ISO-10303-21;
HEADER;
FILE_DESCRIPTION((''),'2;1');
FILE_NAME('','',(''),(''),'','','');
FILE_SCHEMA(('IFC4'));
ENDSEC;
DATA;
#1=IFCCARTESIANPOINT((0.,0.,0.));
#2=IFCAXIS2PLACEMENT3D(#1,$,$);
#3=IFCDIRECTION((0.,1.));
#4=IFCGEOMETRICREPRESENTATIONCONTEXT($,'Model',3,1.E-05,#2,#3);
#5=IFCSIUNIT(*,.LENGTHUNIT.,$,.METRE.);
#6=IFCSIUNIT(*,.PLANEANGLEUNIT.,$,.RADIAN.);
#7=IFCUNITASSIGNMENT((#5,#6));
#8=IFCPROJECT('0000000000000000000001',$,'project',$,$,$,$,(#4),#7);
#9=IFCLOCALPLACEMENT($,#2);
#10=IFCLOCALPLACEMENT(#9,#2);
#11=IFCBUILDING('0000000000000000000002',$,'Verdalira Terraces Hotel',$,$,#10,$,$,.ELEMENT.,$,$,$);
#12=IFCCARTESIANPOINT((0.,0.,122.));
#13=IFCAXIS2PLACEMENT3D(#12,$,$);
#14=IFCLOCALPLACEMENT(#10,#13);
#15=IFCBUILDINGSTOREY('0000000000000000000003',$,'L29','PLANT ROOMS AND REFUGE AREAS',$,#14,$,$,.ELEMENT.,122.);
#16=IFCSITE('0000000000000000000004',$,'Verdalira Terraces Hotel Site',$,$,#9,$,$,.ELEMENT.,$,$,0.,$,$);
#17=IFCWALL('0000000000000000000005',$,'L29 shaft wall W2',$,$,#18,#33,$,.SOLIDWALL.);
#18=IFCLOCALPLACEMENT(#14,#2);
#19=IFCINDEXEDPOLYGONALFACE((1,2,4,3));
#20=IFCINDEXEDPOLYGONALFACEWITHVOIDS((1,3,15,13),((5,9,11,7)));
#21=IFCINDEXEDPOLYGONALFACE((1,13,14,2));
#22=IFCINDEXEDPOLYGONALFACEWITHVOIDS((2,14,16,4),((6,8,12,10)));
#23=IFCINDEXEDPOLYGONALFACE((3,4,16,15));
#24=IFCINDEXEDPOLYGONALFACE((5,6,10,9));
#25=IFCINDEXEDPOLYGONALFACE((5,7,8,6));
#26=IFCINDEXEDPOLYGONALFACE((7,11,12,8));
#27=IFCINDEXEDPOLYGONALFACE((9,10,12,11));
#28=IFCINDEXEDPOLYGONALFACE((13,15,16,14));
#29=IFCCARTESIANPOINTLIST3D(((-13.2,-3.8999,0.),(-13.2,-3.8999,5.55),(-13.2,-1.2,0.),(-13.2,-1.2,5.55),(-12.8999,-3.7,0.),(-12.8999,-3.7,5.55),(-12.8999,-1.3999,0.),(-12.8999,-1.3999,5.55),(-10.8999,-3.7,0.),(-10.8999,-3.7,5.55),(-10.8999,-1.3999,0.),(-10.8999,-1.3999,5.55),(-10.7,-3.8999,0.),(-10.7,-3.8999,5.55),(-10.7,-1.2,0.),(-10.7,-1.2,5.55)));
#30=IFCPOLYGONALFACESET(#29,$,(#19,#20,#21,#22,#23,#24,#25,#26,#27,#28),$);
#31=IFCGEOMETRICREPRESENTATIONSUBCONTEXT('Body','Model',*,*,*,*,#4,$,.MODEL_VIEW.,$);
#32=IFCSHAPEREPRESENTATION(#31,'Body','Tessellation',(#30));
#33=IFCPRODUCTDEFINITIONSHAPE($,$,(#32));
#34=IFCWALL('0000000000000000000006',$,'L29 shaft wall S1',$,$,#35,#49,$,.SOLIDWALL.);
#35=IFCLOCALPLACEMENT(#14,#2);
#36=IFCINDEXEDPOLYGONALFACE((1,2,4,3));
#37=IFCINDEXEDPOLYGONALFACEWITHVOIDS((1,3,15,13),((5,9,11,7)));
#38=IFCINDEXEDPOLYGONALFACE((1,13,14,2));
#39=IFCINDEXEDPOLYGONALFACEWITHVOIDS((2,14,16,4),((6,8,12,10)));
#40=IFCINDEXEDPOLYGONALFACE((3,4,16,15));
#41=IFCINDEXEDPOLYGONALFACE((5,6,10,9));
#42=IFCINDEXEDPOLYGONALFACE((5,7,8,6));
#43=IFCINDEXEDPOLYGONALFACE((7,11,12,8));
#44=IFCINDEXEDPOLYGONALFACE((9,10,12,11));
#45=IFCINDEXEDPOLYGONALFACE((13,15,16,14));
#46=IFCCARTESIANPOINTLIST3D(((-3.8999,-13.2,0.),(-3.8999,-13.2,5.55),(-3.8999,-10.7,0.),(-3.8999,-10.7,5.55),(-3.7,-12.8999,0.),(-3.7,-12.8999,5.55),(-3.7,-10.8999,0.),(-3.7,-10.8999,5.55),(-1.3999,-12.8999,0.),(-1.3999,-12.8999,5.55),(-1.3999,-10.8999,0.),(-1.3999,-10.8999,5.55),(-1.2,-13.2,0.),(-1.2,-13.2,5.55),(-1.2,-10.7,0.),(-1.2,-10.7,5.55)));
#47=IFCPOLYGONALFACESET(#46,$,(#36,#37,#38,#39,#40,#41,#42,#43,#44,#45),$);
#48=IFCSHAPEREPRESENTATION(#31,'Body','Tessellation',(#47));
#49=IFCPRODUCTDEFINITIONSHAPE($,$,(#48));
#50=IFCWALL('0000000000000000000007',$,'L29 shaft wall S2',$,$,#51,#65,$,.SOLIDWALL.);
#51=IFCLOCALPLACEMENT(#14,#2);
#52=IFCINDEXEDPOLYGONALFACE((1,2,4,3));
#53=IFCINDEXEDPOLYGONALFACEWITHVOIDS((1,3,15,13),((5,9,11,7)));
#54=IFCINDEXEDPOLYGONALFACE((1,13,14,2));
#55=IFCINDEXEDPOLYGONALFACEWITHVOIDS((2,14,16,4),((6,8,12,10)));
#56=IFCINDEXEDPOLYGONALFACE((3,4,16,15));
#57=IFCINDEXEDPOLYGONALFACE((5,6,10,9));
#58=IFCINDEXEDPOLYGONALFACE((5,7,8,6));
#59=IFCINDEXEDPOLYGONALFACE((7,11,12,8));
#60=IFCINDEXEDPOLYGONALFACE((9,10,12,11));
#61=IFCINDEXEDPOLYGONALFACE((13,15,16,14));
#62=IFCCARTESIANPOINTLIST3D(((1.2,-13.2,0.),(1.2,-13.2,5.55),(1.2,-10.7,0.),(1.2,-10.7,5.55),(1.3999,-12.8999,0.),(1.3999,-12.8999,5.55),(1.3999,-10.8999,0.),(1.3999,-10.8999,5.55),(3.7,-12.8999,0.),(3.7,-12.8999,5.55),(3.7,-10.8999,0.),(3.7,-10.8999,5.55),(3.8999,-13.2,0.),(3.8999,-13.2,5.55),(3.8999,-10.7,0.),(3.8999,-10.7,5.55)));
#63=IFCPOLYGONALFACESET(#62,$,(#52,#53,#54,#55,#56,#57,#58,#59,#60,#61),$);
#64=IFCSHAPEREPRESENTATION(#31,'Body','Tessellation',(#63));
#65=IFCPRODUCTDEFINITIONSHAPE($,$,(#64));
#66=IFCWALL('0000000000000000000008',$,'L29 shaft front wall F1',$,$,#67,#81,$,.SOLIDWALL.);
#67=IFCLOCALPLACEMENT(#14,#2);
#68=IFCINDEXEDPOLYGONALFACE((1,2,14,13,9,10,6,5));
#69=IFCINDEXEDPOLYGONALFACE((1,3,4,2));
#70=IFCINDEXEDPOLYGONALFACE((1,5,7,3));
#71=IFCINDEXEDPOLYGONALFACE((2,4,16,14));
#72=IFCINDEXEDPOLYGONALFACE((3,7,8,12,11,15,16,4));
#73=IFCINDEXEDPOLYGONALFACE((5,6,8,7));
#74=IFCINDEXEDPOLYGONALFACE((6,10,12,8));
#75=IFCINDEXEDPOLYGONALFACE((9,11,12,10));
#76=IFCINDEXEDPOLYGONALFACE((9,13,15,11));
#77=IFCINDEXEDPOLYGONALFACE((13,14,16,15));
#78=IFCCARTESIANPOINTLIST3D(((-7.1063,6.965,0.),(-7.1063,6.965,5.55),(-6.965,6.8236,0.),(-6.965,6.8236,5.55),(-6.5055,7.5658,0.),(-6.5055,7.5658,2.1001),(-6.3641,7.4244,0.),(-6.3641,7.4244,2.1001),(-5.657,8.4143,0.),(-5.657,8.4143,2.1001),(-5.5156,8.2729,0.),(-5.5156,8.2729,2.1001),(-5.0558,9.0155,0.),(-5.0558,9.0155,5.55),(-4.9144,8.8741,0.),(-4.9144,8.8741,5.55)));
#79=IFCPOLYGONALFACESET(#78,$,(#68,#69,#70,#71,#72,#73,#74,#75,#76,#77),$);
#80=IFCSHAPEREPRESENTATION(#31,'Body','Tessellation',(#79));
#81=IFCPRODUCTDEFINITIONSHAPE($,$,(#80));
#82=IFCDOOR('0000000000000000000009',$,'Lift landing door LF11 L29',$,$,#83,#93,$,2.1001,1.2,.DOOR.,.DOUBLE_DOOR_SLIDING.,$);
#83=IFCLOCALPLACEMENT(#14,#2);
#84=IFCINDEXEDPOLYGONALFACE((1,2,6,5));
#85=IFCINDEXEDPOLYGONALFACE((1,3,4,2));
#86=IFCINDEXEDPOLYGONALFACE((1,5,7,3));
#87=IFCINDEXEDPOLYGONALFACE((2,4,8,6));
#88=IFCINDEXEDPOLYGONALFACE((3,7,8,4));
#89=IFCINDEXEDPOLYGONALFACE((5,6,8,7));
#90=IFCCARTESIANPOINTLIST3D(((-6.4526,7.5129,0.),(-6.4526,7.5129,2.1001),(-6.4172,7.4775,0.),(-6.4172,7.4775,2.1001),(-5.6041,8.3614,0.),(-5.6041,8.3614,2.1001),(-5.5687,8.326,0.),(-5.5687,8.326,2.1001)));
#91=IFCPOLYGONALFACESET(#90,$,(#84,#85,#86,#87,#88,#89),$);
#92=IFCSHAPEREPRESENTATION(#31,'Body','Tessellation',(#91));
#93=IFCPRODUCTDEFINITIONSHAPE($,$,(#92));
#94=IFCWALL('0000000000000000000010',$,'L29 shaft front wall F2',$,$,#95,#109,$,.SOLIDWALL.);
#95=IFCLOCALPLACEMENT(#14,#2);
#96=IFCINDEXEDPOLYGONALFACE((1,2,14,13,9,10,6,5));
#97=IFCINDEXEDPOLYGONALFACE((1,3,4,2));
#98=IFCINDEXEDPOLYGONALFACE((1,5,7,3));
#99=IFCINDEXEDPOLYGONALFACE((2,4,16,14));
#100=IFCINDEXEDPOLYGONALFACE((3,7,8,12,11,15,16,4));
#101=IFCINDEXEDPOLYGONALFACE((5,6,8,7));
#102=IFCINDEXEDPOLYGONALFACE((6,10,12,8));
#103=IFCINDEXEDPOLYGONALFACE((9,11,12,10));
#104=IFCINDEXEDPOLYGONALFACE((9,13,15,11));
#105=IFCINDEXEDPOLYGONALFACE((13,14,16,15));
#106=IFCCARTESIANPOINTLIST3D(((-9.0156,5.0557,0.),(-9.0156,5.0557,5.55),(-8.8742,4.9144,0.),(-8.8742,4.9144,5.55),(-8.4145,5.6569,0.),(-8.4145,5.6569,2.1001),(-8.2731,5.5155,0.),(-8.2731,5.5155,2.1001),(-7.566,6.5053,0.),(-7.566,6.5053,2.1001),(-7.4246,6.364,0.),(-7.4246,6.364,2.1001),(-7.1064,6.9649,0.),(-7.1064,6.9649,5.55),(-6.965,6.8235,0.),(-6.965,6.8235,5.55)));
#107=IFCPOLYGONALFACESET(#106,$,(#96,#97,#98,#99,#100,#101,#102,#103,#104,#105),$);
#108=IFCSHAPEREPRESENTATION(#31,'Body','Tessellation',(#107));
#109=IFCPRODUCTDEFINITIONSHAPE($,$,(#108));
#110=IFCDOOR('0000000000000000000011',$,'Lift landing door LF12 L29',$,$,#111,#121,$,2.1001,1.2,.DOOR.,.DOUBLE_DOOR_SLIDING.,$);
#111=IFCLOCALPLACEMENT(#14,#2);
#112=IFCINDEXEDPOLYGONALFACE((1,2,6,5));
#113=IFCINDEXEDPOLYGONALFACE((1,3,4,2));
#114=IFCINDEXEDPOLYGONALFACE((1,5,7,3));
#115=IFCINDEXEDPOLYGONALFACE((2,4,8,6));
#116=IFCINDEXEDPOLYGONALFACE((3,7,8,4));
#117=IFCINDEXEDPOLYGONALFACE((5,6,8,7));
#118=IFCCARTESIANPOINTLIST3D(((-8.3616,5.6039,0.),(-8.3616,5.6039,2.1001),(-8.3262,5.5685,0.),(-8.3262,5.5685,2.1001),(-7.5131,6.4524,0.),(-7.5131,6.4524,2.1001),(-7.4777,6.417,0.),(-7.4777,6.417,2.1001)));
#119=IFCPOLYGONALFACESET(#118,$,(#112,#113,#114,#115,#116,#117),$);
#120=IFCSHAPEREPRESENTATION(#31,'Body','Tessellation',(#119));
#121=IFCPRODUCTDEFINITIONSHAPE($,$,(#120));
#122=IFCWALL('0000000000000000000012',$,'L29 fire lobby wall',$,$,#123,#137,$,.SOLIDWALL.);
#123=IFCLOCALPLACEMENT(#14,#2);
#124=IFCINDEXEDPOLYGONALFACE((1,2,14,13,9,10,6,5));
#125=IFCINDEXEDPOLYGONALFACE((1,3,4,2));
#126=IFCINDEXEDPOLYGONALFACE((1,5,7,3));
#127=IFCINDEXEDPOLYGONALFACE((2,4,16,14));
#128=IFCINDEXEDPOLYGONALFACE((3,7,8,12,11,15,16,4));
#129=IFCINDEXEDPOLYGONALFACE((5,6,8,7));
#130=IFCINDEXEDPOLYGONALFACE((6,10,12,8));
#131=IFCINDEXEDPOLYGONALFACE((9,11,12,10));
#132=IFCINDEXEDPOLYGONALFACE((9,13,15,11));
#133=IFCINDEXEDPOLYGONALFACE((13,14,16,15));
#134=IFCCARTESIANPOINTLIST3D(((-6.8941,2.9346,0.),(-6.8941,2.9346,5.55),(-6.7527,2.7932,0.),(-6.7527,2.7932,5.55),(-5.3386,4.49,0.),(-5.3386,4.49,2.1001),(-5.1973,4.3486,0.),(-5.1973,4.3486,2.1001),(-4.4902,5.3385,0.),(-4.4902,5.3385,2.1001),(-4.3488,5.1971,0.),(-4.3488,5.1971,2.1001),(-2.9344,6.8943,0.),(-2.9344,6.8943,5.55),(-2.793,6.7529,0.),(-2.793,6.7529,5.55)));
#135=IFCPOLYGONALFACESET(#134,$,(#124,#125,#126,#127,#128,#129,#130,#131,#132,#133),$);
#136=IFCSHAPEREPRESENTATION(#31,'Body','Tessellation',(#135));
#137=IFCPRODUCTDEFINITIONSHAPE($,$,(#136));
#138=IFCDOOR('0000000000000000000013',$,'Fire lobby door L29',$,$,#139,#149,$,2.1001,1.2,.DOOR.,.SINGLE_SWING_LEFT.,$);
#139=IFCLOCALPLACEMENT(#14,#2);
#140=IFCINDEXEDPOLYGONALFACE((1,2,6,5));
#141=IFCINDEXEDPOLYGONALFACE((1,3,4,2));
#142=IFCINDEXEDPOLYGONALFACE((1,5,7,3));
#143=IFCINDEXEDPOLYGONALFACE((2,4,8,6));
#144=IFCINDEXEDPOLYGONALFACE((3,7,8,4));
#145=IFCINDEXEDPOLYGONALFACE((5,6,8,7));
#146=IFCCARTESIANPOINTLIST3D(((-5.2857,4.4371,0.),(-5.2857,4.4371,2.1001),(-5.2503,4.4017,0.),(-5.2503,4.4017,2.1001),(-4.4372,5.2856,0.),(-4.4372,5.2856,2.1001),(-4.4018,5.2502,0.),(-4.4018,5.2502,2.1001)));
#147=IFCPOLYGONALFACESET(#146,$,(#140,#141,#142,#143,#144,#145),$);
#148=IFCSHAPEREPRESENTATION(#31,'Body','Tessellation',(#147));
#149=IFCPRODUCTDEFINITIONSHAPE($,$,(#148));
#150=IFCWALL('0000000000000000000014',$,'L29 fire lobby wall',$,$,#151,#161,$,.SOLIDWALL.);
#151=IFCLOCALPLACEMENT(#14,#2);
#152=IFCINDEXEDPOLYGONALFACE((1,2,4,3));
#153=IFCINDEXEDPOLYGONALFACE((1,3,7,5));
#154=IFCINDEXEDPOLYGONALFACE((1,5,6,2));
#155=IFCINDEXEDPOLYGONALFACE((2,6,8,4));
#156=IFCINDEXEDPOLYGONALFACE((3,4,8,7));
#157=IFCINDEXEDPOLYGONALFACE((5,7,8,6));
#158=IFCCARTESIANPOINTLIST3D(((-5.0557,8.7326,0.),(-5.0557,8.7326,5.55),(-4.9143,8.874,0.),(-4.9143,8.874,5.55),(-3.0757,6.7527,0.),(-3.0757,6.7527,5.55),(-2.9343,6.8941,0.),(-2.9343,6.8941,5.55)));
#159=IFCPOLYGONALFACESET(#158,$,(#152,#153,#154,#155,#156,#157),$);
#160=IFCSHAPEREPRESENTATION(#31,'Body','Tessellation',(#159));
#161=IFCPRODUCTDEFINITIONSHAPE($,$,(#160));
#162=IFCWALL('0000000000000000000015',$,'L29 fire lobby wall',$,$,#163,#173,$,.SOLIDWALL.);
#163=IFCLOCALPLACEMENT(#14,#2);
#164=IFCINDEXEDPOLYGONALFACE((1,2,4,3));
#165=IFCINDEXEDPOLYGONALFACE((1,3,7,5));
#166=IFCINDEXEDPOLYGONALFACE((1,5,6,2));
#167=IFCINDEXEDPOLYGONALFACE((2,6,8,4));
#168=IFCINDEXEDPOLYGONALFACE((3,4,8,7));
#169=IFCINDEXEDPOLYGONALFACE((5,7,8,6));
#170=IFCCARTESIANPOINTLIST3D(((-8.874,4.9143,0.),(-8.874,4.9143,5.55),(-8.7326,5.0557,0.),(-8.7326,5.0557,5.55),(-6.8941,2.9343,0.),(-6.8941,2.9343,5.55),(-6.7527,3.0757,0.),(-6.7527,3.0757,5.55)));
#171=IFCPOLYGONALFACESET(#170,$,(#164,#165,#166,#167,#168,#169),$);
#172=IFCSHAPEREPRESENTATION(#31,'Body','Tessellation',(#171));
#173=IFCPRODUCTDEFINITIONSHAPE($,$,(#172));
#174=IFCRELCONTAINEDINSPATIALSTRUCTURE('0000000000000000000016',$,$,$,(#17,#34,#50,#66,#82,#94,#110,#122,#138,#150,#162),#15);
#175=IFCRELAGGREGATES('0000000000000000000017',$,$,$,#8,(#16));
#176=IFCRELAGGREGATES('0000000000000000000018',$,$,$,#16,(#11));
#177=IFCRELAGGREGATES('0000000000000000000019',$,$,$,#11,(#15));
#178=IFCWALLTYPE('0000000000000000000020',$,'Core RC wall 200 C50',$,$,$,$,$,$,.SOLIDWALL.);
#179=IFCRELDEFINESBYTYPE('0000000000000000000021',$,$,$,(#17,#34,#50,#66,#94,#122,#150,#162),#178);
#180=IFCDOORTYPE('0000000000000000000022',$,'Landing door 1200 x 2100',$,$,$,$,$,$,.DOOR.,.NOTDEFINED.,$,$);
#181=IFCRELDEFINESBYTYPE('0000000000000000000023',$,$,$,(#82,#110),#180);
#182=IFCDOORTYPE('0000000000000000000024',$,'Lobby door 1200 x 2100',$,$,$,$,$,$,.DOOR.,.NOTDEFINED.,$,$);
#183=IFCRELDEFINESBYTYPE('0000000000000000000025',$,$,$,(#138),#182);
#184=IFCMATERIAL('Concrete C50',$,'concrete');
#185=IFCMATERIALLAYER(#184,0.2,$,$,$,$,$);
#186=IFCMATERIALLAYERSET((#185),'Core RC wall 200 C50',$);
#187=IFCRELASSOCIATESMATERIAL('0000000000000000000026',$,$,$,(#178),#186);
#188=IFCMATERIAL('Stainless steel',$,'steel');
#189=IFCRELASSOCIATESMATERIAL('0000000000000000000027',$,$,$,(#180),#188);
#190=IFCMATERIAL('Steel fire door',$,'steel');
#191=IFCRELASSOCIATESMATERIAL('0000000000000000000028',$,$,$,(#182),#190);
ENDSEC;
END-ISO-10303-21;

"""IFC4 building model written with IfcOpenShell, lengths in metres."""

from ifc_helpers import new_model, si_unit, direction, frame, frame_2d, origin, place, context, subcontext, project, spatial, polyline, rectangle, outline, extrude, material, layer, layer_set, type_object, element, fill, save


model = new_model("IFC4")

# Units and contexts
model_context = context("Model", 3, precision=1e-05, world=origin(), true_north=direction((0.0, 1.0)))
body_context = subcontext(model_context, "Body", "Model", "MODEL_VIEW")
ifc_project = project(units=[si_unit("LENGTHUNIT", "METRE"), si_unit("PLANEANGLEUNIT", "RADIAN")], contexts=[model_context])

# Site, building, storey
site_placement = place(None, origin())
site = spatial("IfcSite", under=ifc_project, at=site_placement, Name="Verdalira Terraces Hotel Site", CompositionType="ELEMENT", RefElevation=0.0)
building_placement = place(site_placement, origin())
building = spatial("IfcBuilding", under=site, at=building_placement, Name="Verdalira Terraces Hotel", CompositionType="ELEMENT")
storey_placement = place(building_placement, frame((0.0, 0.0, 122.0)))
storey = spatial("IfcBuildingStorey", under=building, at=storey_placement, Name="L29", Description="PLANT ROOMS AND REFUGE AREAS", CompositionType="ELEMENT", Elevation=122.0)

# Walls
ifc_material_1 = material(Name="Concrete C50", Category="concrete")
ifc_layer_1 = layer(ifc_material_1, 0.2)
ifc_layer_set_1 = layer_set([ifc_layer_1], Name="Core RC wall 200 C50")
wall_type_1 = type_object("IfcWallType", Name="Core RC wall 200 C50", PredefinedType="SOLIDWALL", material=ifc_layer_set_1)
wall_1_placement = place(storey_placement, origin())
element("IfcWall", 1, at=wall_1_placement, inside=storey, type_object=wall_type_1, Name="L29 shaft wall W2", PredefinedType="SOLIDWALL", context=body_context, shape_type="SweptSolid", body=[
    extrude(outline(polyline([(-10.7, -3.8999), (-13.2, -3.8999), (-13.2, -1.2), (-10.7, -1.2), (-10.7, -3.8999)]), holes=[polyline([(-12.8999, -1.3999), (-12.8999, -3.7), (-10.8999, -3.7), (-10.8999, -1.3999), (-12.8999, -1.3999)])]), origin(), (0.0, 0.0, 1.0), 5.55),
])
wall_2_placement = place(storey_placement, origin())
element("IfcWall", 2, at=wall_2_placement, inside=storey, type_object=wall_type_1, Name="L29 shaft wall S1", PredefinedType="SOLIDWALL", context=body_context, shape_type="SweptSolid", body=[
    extrude(outline(polyline([(-1.2, -13.2), (-3.8999, -13.2), (-3.8999, -10.7), (-1.2, -10.7), (-1.2, -13.2)]), holes=[polyline([(-3.7, -10.8999), (-3.7, -12.8999), (-1.3999, -12.8999), (-1.3999, -10.8999), (-3.7, -10.8999)])]), origin(), (0.0, 0.0, 1.0), 5.55),
])
wall_3_placement = place(storey_placement, origin())
element("IfcWall", 3, at=wall_3_placement, inside=storey, type_object=wall_type_1, Name="L29 shaft wall S2", PredefinedType="SOLIDWALL", context=body_context, shape_type="SweptSolid", body=[
    extrude(outline(polyline([(3.8999, -10.7), (3.8999, -13.2), (1.2, -13.2), (1.2, -10.7), (3.8999, -10.7)]), holes=[polyline([(1.3999, -12.8999), (3.7, -12.8999), (3.7, -10.8999), (1.3999, -10.8999), (1.3999, -12.8999)])]), origin(), (0.0, 0.0, 1.0), 5.55),
])

# Walls, openings, doors
wall_4_placement = place(storey_placement, frame((-4.9851, 8.9448, 0.0), z_axis=(0.0, 0.0, 1.0), x_axis=(-0.707107, -0.707107, 0.0)))
wall_4 = element("IfcWall", 4, at=wall_4_placement, inside=storey, type_object=wall_type_1, Name="L29 shaft front wall F1", PredefinedType="SOLIDWALL", context=body_context, shape_type="SweptSolid", body=[
    extrude(rectangle(XDim=2.8999, YDim=0.2, at=frame_2d((1.45, 0.0))), origin(), (0.0, 0.0, 1.0), 5.55),
])
opening_1_placement = place(wall_4_placement, frame((0.8501, 0.0, 0.0)))
opening_1 = element("IfcOpeningElement", 5, at=opening_1_placement, cuts=wall_4, PredefinedType="OPENING", context=body_context, shape_type="SweptSolid", body=[
    extrude(rectangle(XDim=1.2, YDim=2.1001, at=frame_2d((0.6001, 1.05))), frame((0.0, 0.1099, 0.0), z_axis=(0.0, -1.0, 0.0), x_axis=(1.0, 0.0, 0.0)), (0.0, 0.0, 1.0), 0.22),
])
ifc_material_2 = material(Name="Stainless steel", Category="steel")
door_type_1 = type_object("IfcDoorType", Name="Landing door 1200 x 2100", OperationType="NOTDEFINED", PredefinedType="DOOR", material=ifc_material_2)
door_1_placement = place(opening_1_placement, origin())
door_1 = element("IfcDoor", 6, at=door_1_placement, inside=storey, type_object=door_type_1, Name="Lift landing door LF11 L29", OperationType="DOUBLE_DOOR_SLIDING", OverallHeight=2.1001, OverallWidth=1.2, PredefinedType="DOOR", context=body_context, shape_type="SweptSolid", body=[
    extrude(rectangle(XDim=1.2, YDim=2.1001, at=frame_2d((0.6001, 1.05))), frame((0.0, 0.0249, 0.0), z_axis=(0.0, -1.0, 0.0), x_axis=(1.0, 0.0, 0.0)), (0.0, 0.0, 1.0), 0.05),
])
fill(opening_1, door_1)
wall_5_placement = place(storey_placement, frame((-7.0356, 6.8943, 0.0), z_axis=(0.0, 0.0, 1.0), x_axis=(-0.707107, -0.707107, 0.0)))
wall_5 = element("IfcWall", 7, at=wall_5_placement, inside=storey, type_object=wall_type_1, Name="L29 shaft front wall F2", PredefinedType="SOLIDWALL", context=body_context, shape_type="SweptSolid", body=[
    extrude(rectangle(XDim=2.7, YDim=0.2, at=frame_2d((1.3501, 0.0))), origin(), (0.0, 0.0, 1.0), 5.55),
])
opening_2_placement = place(wall_5_placement, frame((0.6499, 0.0, 0.0)))
opening_2 = element("IfcOpeningElement", 8, at=opening_2_placement, cuts=wall_5, PredefinedType="OPENING", context=body_context, shape_type="SweptSolid", body=[
    extrude(rectangle(XDim=1.2, YDim=2.1001, at=frame_2d((0.6001, 1.05))), frame((0.0, 0.1099, 0.0), z_axis=(0.0, -1.0, 0.0), x_axis=(1.0, 0.0, 0.0)), (0.0, 0.0, 1.0), 0.22),
])
door_2_placement = place(opening_2_placement, origin())
door_2 = element("IfcDoor", 9, at=door_2_placement, inside=storey, type_object=door_type_1, Name="Lift landing door LF12 L29", OperationType="DOUBLE_DOOR_SLIDING", OverallHeight=2.1001, OverallWidth=1.2, PredefinedType="DOOR", context=body_context, shape_type="SweptSolid", body=[
    extrude(rectangle(XDim=1.2, YDim=2.1001, at=frame_2d((0.6001, 1.05))), frame((0.0, 0.0249, 0.0), z_axis=(0.0, -1.0, 0.0), x_axis=(1.0, 0.0, 0.0)), (0.0, 0.0, 1.0), 0.05),
])
fill(opening_2, door_2)
wall_6_placement = place(storey_placement, frame((-2.8638, 6.8235, 0.0), z_axis=(0.0, 0.0, 1.0), x_axis=(-0.707107, -0.707107, 0.0)))
wall_6 = element("IfcWall", 10, at=wall_6_placement, inside=storey, type_object=wall_type_1, Name="L29 fire lobby wall", PredefinedType="SOLIDWALL", context=body_context, shape_type="SweptSolid", body=[
    extrude(rectangle(XDim=5.5999, YDim=0.2, at=frame_2d((2.7998, 0.0))), origin(), (0.0, 0.0, 1.0), 5.55),
])
opening_3_placement = place(wall_6_placement, frame((2.2, 0.0, 0.0)))
opening_3 = element("IfcOpeningElement", 11, at=opening_3_placement, cuts=wall_6, PredefinedType="OPENING", context=body_context, shape_type="SweptSolid", body=[
    extrude(rectangle(XDim=1.2, YDim=2.1001, at=frame_2d((0.6001, 1.05))), frame((0.0, 0.1099, 0.0), z_axis=(0.0, -1.0, 0.0), x_axis=(1.0, 0.0, 0.0)), (0.0, 0.0, 1.0), 0.22),
])
ifc_material_3 = material(Name="Steel fire door", Category="steel")
door_type_2 = type_object("IfcDoorType", Name="Lobby door 1200 x 2100", OperationType="NOTDEFINED", PredefinedType="DOOR", material=ifc_material_3)
door_3_placement = place(opening_3_placement, origin())
door_3 = element("IfcDoor", 12, at=door_3_placement, inside=storey, type_object=door_type_2, Name="Fire lobby door L29", OperationType="SINGLE_SWING_LEFT", OverallHeight=2.1001, OverallWidth=1.2, PredefinedType="DOOR", context=body_context, shape_type="SweptSolid", body=[
    extrude(rectangle(XDim=1.2, YDim=2.1001, at=frame_2d((0.6001, 1.05))), frame((0.0, 0.0249, 0.0), z_axis=(0.0, -1.0, 0.0), x_axis=(1.0, 0.0, 0.0)), (0.0, 0.0, 1.0), 0.05),
])
fill(opening_3, door_3)

# Walls
for number, where, z_axis, x_axis, name in (
    (13, (-3.0051, 6.8235, 0.0), (0.0, 0.0, 1.0), (-0.707107, 0.707107, 0.0), "L29 fire lobby wall"),
    (14, (-6.8235, 3.0051, 0.0), (0.0, 0.0, 1.0), (-0.707107, 0.707107, 0.0), "L29 fire lobby wall"),
):
    element("IfcWall", number, at=place(storey_placement, frame(where, z_axis=z_axis, x_axis=x_axis)), inside=storey, type_object=wall_type_1, Name=name, PredefinedType="SOLIDWALL", context=body_context, shape_type="SweptSolid", body=[
        extrude(rectangle(XDim=2.8, YDim=0.2, at=frame_2d((1.3999, 0.0))), origin(), (0.0, 0.0, 1.0), 5.55),
    ])

save(model, "model.ifc")
